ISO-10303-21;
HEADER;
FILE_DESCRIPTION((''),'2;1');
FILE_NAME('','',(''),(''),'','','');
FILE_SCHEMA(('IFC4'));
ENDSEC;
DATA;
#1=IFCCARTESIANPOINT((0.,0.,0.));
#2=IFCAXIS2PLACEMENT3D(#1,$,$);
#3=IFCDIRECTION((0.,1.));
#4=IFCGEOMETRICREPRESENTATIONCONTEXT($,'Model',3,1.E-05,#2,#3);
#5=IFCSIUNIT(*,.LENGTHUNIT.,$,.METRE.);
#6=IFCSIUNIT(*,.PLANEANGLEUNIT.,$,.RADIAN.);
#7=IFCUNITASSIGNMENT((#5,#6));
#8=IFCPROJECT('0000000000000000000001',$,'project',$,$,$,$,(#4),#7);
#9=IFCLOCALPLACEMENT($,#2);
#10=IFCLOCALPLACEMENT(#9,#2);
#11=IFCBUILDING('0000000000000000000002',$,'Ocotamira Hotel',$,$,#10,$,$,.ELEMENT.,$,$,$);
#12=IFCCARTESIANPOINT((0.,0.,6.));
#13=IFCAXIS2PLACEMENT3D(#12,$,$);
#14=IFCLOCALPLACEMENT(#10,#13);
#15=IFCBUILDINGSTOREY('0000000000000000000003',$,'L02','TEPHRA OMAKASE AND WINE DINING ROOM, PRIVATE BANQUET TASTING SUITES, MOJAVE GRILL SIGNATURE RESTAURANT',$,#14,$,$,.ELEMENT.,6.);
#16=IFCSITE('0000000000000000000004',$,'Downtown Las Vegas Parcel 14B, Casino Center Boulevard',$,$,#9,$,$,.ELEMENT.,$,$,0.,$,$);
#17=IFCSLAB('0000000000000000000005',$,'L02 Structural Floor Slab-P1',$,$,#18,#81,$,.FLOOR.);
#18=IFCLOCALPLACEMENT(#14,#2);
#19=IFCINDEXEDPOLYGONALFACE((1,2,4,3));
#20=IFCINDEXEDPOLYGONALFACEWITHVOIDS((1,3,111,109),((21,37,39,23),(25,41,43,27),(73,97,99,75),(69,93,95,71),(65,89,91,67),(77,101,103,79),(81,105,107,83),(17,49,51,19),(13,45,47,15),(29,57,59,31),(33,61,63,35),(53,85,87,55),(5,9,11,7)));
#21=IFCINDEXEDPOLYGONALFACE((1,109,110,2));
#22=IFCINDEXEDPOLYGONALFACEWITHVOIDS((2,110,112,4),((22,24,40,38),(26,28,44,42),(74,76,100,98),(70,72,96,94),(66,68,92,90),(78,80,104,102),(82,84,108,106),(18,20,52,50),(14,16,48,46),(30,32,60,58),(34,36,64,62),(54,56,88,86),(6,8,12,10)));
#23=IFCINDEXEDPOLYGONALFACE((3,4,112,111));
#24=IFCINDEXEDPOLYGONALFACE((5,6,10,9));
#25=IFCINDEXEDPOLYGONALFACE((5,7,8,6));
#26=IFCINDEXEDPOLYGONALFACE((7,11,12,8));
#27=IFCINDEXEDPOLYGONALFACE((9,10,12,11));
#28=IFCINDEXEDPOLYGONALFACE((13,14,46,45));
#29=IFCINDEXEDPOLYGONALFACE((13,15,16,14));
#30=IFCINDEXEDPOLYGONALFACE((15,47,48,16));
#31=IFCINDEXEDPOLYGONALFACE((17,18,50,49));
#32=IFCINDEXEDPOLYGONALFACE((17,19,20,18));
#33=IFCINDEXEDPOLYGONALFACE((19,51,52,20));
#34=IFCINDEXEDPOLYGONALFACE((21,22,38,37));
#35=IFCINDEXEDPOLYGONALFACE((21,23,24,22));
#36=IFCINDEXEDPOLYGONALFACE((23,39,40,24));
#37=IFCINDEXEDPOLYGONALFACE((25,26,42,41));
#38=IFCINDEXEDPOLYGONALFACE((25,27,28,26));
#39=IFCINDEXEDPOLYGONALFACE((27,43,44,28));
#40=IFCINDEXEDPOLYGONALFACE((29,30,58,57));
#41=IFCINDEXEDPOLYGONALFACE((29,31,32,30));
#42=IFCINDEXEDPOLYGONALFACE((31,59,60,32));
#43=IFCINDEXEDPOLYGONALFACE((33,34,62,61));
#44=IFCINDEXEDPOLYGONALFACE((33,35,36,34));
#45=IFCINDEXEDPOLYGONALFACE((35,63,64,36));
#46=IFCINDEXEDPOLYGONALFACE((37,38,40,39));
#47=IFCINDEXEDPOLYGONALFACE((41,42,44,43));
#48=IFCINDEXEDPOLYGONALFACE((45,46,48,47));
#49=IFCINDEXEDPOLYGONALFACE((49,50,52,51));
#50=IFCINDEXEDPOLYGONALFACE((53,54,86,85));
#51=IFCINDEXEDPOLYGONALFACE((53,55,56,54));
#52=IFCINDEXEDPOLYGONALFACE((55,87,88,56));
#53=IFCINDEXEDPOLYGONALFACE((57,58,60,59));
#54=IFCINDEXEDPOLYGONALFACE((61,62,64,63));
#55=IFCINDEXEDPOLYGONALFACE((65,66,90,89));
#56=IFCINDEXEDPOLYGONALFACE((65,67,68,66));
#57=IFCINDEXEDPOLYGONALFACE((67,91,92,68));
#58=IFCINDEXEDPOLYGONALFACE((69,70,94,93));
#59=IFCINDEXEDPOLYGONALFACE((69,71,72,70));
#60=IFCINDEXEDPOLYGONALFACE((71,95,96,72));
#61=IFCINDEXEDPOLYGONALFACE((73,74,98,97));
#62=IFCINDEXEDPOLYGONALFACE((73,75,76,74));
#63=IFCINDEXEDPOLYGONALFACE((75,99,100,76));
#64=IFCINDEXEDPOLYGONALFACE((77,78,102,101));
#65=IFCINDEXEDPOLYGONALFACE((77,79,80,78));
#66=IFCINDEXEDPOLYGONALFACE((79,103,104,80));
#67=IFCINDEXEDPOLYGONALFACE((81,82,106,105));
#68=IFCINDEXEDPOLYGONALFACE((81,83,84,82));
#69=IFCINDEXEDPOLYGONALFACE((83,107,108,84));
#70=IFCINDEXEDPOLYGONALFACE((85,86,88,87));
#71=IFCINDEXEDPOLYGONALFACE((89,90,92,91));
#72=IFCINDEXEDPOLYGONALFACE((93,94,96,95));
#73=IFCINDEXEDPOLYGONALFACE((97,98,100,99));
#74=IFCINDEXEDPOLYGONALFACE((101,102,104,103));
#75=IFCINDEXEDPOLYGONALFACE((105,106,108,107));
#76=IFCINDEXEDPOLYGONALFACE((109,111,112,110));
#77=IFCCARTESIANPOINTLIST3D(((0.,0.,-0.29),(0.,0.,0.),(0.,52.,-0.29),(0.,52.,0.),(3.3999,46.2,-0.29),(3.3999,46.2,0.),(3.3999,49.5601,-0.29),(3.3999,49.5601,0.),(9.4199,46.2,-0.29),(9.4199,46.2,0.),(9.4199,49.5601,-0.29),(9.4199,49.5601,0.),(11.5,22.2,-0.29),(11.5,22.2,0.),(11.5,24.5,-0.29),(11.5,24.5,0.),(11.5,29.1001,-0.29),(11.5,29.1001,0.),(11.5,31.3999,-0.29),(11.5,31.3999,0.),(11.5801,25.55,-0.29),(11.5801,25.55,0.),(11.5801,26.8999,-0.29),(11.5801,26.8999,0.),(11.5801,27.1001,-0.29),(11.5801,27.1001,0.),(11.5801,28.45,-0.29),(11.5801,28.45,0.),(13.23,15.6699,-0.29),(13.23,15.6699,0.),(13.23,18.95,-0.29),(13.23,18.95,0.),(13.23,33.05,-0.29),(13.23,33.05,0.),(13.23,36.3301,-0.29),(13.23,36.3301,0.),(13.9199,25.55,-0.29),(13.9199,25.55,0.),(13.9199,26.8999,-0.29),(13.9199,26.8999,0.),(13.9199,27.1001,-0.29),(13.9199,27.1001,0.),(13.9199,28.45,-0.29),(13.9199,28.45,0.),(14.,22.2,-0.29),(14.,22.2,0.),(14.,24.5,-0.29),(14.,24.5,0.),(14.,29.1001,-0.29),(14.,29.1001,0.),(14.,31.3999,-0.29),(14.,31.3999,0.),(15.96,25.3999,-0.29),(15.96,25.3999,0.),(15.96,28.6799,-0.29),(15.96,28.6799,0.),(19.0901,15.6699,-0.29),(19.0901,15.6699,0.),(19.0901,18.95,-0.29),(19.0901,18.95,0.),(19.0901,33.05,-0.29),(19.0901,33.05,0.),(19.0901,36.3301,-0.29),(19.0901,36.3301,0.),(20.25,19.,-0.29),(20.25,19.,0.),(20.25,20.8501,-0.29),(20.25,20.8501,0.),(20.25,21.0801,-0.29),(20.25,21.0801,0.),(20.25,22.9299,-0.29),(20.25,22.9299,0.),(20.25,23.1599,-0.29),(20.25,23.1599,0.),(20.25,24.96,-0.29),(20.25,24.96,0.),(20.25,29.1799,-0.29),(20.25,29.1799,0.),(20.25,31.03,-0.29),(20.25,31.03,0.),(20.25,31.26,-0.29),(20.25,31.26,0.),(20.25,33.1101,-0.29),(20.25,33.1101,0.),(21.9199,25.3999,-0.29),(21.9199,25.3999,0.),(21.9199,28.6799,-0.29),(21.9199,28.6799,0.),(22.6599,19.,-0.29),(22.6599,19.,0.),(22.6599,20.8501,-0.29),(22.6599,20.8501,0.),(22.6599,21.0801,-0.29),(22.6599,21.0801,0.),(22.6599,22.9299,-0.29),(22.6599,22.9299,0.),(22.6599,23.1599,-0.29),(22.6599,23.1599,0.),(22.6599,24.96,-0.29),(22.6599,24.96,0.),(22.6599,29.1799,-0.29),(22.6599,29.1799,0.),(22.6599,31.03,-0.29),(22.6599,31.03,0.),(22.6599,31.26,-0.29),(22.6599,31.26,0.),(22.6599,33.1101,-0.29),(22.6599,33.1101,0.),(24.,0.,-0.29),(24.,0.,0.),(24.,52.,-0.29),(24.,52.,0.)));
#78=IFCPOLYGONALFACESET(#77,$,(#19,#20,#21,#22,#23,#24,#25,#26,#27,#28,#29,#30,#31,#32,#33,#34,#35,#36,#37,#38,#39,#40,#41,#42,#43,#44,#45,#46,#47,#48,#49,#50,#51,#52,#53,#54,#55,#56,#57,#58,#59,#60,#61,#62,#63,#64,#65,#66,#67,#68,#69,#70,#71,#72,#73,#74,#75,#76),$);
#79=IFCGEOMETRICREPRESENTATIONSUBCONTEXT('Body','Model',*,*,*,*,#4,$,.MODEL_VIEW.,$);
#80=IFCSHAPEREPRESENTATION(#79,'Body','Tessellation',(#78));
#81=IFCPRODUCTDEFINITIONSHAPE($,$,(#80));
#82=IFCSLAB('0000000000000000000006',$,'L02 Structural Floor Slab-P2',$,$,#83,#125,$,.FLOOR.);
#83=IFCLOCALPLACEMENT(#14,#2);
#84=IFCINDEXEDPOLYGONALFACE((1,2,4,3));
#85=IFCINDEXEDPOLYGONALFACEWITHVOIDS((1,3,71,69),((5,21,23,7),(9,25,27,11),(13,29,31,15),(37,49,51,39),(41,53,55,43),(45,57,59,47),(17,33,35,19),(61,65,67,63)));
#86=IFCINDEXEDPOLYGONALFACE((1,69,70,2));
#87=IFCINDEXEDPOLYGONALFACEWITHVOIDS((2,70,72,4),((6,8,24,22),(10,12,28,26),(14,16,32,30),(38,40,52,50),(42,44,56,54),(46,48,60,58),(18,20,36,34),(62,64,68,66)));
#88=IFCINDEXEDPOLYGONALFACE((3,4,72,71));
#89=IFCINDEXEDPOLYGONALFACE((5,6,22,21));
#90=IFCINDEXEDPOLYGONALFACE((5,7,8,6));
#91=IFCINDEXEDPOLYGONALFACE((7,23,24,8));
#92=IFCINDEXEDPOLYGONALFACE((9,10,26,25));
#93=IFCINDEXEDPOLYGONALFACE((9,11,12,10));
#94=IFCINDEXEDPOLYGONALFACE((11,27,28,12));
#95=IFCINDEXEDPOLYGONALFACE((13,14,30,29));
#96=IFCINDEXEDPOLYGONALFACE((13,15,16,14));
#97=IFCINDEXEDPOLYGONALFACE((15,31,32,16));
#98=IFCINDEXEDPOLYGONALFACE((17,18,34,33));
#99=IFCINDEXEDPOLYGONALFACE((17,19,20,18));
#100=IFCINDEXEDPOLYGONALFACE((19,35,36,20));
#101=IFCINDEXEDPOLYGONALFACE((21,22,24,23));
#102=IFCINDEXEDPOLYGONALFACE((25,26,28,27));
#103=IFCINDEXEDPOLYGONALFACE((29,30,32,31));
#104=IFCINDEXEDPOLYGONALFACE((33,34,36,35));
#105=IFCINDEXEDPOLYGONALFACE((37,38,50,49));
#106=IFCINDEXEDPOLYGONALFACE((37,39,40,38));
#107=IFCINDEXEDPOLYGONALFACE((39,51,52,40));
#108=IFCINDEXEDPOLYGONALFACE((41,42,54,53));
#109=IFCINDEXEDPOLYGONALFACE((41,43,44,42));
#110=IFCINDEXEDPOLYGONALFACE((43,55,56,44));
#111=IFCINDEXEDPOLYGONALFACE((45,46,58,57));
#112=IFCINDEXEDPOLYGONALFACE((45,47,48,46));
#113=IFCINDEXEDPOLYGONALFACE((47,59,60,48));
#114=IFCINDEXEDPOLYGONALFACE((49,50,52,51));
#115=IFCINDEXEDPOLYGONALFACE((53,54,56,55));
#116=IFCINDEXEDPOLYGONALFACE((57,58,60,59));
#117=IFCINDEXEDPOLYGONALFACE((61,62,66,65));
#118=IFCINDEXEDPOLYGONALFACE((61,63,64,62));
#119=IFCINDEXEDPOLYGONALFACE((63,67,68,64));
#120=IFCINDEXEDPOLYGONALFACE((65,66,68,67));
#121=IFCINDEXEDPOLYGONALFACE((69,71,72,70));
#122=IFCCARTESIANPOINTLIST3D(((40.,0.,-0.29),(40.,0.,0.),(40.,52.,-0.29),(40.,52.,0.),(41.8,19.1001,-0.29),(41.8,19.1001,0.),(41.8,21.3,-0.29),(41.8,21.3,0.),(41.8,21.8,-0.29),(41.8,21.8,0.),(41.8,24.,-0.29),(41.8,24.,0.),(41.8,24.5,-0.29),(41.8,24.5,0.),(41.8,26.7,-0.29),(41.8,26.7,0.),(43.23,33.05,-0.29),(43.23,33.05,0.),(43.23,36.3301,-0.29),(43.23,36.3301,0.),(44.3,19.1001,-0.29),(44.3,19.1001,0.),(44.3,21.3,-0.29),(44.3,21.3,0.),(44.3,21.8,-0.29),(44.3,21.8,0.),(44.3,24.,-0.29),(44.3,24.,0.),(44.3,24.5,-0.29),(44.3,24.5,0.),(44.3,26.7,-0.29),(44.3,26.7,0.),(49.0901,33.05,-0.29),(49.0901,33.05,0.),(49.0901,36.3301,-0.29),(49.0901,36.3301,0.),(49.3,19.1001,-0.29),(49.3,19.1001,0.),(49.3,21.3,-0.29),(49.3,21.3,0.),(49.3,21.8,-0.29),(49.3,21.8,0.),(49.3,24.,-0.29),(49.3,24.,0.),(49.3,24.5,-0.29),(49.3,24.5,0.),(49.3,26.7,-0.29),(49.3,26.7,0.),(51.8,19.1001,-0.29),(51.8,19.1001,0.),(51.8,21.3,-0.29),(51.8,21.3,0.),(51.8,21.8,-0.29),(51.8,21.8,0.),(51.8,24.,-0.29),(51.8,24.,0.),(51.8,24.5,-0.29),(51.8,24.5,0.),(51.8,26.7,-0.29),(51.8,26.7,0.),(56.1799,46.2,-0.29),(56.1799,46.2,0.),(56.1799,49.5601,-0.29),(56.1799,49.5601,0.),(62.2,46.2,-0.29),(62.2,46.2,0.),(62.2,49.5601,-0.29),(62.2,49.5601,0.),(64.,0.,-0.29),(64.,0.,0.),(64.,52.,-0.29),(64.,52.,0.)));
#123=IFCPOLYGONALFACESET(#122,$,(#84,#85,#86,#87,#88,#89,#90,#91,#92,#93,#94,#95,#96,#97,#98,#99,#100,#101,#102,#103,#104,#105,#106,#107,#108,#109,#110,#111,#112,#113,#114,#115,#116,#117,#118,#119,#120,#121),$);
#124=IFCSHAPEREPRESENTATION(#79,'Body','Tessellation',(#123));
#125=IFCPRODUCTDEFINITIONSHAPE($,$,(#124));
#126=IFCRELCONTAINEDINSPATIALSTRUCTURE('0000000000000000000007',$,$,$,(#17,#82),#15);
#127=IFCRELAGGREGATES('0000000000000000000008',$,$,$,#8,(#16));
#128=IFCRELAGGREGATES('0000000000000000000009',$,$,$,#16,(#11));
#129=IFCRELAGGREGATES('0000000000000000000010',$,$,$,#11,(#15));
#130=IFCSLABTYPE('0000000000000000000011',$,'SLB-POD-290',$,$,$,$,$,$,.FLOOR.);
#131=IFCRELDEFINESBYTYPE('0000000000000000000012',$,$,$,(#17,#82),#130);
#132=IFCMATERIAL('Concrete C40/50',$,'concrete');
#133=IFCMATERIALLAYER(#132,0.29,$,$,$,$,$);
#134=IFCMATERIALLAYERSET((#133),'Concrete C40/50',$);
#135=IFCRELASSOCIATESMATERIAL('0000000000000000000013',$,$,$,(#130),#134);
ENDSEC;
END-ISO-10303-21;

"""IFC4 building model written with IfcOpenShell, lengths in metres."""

from ifc_helpers import new_model, si_unit, direction, frame, origin, place, context, subcontext, project, spatial, polyline, outline, extrude, material, layer, layer_set, type_object, element, save


model = new_model("IFC4")

# Units and contexts
model_context = context("Model", 3, precision=1e-05, world=origin(), true_north=direction((0.0, 1.0)))
body_context = subcontext(model_context, "Body", "Model", "MODEL_VIEW")
ifc_project = project(units=[si_unit("LENGTHUNIT", "METRE"), si_unit("PLANEANGLEUNIT", "RADIAN")], contexts=[model_context])

# Site, building, storey
site_placement = place(None, origin())
site = spatial("IfcSite", under=ifc_project, at=site_placement, Name="Downtown Las Vegas Parcel 14B, Casino Center Boulevard", CompositionType="ELEMENT", RefElevation=0.0)
building_placement = place(site_placement, origin())
building = spatial("IfcBuilding", under=site, at=building_placement, Name="Ocotamira Hotel", CompositionType="ELEMENT")
storey_placement = place(building_placement, frame((0.0, 0.0, 6.0)))
storey = spatial("IfcBuildingStorey", under=building, at=storey_placement, Name="L02", Description="TEPHRA OMAKASE AND WINE DINING ROOM, PRIVATE BANQUET TASTING SUITES, MOJAVE GRILL SIGNATURE RESTAURANT", CompositionType="ELEMENT", Elevation=6.0)

# Shared definitions
ifc_material_1 = material(Name="Concrete C40/50", Category="concrete")

# Slabs
ifc_layer_1 = layer(ifc_material_1, 0.29)
ifc_layer_set_1 = layer_set([ifc_layer_1], Name="Concrete C40/50")
slab_type_1 = type_object("IfcSlabType", Name="SLB-POD-290", PredefinedType="FLOOR", material=ifc_layer_set_1)
slab_1_placement = place(storey_placement, frame((0.0, 0.0, -0.29)))
element("IfcSlab", 1, at=slab_1_placement, inside=storey, type_object=slab_type_1, Name="L02 Structural Floor Slab-P1", PredefinedType="FLOOR", context=body_context, shape_type="SweptSolid", body=[
    extrude(outline(polyline([(0.0, 0.0), (24.0, 0.0), (24.0, 52.0), (0.0, 52.0), (0.0, 0.0)]), holes=[polyline([(13.23, 15.6699), (19.0901, 15.6699), (19.0901, 18.95), (13.23, 18.95), (13.23, 15.6699)]), polyline([(13.23, 33.05), (19.0901, 33.05), (19.0901, 36.3301), (13.23, 36.3301), (13.23, 33.05)]), polyline([(15.96, 25.3999), (21.9199, 25.3999), (21.9199, 28.6799), (15.96, 28.6799), (15.96, 25.3999)]), polyline([(3.3999, 46.2), (9.4199, 46.2), (9.4199, 49.5601), (3.3999, 49.5601), (3.3999, 46.2)]), polyline([(20.25, 19.0), (22.6599, 19.0), (22.6599, 20.8501), (20.25, 20.8501), (20.25, 19.0)]), polyline([(20.25, 21.0801), (22.6599, 21.0801), (22.6599, 22.9299), (20.25, 22.9299), (20.25, 21.0801)]), polyline([(20.25, 23.1599), (22.6599, 23.1599), (22.6599, 24.96), (20.25, 24.96), (20.25, 23.1599)]), polyline([(20.25, 29.1799), (22.6599, 29.1799), (22.6599, 31.03), (20.25, 31.03), (20.25, 29.1799)]), polyline([(20.25, 31.26), (22.6599, 31.26), (22.6599, 33.1101), (20.25, 33.1101), (20.25, 31.26)]), polyline([(11.5, 22.2), (14.0, 22.2), (14.0, 24.5), (11.5, 24.5), (11.5, 22.2)]), polyline([(11.5, 29.1001), (14.0, 29.1001), (14.0, 31.3999), (11.5, 31.3999), (11.5, 29.1001)]), polyline([(11.5801, 25.55), (13.9199, 25.55), (13.9199, 26.8999), (11.5801, 26.8999), (11.5801, 25.55)]), polyline([(11.5801, 27.1001), (13.9199, 27.1001), (13.9199, 28.45), (11.5801, 28.45), (11.5801, 27.1001)])]), origin(), (0.0, 0.0, 1.0), 0.29),
])
slab_2_placement = place(storey_placement, frame((0.0, 0.0, -0.29)))
element("IfcSlab", 2, at=slab_2_placement, inside=storey, type_object=slab_type_1, Name="L02 Structural Floor Slab-P2", PredefinedType="FLOOR", context=body_context, shape_type="SweptSolid", body=[
    extrude(outline(polyline([(40.0, 0.0), (64.0, 0.0), (64.0, 52.0), (40.0, 52.0), (40.0, 0.0)]), holes=[polyline([(43.23, 33.05), (49.0901, 33.05), (49.0901, 36.3301), (43.23, 36.3301), (43.23, 33.05)]), polyline([(56.1799, 46.2), (62.2, 46.2), (62.2, 49.5601), (56.1799, 49.5601), (56.1799, 46.2)]), polyline([(49.3, 19.1001), (51.8, 19.1001), (51.8, 21.3), (49.3, 21.3), (49.3, 19.1001)]), polyline([(49.3, 21.8), (51.8, 21.8), (51.8, 24.0), (49.3, 24.0), (49.3, 21.8)]), polyline([(49.3, 24.5), (51.8, 24.5), (51.8, 26.7), (49.3, 26.7), (49.3, 24.5)]), polyline([(41.8, 19.1001), (44.3, 19.1001), (44.3, 21.3), (41.8, 21.3), (41.8, 19.1001)]), polyline([(41.8, 21.8), (44.3, 21.8), (44.3, 24.0), (41.8, 24.0), (41.8, 21.8)]), polyline([(41.8, 24.5), (44.3, 24.5), (44.3, 26.7), (41.8, 26.7), (41.8, 24.5)])]), origin(), (0.0, 0.0, 1.0), 0.29),
])

save(model, "model.ifc")
